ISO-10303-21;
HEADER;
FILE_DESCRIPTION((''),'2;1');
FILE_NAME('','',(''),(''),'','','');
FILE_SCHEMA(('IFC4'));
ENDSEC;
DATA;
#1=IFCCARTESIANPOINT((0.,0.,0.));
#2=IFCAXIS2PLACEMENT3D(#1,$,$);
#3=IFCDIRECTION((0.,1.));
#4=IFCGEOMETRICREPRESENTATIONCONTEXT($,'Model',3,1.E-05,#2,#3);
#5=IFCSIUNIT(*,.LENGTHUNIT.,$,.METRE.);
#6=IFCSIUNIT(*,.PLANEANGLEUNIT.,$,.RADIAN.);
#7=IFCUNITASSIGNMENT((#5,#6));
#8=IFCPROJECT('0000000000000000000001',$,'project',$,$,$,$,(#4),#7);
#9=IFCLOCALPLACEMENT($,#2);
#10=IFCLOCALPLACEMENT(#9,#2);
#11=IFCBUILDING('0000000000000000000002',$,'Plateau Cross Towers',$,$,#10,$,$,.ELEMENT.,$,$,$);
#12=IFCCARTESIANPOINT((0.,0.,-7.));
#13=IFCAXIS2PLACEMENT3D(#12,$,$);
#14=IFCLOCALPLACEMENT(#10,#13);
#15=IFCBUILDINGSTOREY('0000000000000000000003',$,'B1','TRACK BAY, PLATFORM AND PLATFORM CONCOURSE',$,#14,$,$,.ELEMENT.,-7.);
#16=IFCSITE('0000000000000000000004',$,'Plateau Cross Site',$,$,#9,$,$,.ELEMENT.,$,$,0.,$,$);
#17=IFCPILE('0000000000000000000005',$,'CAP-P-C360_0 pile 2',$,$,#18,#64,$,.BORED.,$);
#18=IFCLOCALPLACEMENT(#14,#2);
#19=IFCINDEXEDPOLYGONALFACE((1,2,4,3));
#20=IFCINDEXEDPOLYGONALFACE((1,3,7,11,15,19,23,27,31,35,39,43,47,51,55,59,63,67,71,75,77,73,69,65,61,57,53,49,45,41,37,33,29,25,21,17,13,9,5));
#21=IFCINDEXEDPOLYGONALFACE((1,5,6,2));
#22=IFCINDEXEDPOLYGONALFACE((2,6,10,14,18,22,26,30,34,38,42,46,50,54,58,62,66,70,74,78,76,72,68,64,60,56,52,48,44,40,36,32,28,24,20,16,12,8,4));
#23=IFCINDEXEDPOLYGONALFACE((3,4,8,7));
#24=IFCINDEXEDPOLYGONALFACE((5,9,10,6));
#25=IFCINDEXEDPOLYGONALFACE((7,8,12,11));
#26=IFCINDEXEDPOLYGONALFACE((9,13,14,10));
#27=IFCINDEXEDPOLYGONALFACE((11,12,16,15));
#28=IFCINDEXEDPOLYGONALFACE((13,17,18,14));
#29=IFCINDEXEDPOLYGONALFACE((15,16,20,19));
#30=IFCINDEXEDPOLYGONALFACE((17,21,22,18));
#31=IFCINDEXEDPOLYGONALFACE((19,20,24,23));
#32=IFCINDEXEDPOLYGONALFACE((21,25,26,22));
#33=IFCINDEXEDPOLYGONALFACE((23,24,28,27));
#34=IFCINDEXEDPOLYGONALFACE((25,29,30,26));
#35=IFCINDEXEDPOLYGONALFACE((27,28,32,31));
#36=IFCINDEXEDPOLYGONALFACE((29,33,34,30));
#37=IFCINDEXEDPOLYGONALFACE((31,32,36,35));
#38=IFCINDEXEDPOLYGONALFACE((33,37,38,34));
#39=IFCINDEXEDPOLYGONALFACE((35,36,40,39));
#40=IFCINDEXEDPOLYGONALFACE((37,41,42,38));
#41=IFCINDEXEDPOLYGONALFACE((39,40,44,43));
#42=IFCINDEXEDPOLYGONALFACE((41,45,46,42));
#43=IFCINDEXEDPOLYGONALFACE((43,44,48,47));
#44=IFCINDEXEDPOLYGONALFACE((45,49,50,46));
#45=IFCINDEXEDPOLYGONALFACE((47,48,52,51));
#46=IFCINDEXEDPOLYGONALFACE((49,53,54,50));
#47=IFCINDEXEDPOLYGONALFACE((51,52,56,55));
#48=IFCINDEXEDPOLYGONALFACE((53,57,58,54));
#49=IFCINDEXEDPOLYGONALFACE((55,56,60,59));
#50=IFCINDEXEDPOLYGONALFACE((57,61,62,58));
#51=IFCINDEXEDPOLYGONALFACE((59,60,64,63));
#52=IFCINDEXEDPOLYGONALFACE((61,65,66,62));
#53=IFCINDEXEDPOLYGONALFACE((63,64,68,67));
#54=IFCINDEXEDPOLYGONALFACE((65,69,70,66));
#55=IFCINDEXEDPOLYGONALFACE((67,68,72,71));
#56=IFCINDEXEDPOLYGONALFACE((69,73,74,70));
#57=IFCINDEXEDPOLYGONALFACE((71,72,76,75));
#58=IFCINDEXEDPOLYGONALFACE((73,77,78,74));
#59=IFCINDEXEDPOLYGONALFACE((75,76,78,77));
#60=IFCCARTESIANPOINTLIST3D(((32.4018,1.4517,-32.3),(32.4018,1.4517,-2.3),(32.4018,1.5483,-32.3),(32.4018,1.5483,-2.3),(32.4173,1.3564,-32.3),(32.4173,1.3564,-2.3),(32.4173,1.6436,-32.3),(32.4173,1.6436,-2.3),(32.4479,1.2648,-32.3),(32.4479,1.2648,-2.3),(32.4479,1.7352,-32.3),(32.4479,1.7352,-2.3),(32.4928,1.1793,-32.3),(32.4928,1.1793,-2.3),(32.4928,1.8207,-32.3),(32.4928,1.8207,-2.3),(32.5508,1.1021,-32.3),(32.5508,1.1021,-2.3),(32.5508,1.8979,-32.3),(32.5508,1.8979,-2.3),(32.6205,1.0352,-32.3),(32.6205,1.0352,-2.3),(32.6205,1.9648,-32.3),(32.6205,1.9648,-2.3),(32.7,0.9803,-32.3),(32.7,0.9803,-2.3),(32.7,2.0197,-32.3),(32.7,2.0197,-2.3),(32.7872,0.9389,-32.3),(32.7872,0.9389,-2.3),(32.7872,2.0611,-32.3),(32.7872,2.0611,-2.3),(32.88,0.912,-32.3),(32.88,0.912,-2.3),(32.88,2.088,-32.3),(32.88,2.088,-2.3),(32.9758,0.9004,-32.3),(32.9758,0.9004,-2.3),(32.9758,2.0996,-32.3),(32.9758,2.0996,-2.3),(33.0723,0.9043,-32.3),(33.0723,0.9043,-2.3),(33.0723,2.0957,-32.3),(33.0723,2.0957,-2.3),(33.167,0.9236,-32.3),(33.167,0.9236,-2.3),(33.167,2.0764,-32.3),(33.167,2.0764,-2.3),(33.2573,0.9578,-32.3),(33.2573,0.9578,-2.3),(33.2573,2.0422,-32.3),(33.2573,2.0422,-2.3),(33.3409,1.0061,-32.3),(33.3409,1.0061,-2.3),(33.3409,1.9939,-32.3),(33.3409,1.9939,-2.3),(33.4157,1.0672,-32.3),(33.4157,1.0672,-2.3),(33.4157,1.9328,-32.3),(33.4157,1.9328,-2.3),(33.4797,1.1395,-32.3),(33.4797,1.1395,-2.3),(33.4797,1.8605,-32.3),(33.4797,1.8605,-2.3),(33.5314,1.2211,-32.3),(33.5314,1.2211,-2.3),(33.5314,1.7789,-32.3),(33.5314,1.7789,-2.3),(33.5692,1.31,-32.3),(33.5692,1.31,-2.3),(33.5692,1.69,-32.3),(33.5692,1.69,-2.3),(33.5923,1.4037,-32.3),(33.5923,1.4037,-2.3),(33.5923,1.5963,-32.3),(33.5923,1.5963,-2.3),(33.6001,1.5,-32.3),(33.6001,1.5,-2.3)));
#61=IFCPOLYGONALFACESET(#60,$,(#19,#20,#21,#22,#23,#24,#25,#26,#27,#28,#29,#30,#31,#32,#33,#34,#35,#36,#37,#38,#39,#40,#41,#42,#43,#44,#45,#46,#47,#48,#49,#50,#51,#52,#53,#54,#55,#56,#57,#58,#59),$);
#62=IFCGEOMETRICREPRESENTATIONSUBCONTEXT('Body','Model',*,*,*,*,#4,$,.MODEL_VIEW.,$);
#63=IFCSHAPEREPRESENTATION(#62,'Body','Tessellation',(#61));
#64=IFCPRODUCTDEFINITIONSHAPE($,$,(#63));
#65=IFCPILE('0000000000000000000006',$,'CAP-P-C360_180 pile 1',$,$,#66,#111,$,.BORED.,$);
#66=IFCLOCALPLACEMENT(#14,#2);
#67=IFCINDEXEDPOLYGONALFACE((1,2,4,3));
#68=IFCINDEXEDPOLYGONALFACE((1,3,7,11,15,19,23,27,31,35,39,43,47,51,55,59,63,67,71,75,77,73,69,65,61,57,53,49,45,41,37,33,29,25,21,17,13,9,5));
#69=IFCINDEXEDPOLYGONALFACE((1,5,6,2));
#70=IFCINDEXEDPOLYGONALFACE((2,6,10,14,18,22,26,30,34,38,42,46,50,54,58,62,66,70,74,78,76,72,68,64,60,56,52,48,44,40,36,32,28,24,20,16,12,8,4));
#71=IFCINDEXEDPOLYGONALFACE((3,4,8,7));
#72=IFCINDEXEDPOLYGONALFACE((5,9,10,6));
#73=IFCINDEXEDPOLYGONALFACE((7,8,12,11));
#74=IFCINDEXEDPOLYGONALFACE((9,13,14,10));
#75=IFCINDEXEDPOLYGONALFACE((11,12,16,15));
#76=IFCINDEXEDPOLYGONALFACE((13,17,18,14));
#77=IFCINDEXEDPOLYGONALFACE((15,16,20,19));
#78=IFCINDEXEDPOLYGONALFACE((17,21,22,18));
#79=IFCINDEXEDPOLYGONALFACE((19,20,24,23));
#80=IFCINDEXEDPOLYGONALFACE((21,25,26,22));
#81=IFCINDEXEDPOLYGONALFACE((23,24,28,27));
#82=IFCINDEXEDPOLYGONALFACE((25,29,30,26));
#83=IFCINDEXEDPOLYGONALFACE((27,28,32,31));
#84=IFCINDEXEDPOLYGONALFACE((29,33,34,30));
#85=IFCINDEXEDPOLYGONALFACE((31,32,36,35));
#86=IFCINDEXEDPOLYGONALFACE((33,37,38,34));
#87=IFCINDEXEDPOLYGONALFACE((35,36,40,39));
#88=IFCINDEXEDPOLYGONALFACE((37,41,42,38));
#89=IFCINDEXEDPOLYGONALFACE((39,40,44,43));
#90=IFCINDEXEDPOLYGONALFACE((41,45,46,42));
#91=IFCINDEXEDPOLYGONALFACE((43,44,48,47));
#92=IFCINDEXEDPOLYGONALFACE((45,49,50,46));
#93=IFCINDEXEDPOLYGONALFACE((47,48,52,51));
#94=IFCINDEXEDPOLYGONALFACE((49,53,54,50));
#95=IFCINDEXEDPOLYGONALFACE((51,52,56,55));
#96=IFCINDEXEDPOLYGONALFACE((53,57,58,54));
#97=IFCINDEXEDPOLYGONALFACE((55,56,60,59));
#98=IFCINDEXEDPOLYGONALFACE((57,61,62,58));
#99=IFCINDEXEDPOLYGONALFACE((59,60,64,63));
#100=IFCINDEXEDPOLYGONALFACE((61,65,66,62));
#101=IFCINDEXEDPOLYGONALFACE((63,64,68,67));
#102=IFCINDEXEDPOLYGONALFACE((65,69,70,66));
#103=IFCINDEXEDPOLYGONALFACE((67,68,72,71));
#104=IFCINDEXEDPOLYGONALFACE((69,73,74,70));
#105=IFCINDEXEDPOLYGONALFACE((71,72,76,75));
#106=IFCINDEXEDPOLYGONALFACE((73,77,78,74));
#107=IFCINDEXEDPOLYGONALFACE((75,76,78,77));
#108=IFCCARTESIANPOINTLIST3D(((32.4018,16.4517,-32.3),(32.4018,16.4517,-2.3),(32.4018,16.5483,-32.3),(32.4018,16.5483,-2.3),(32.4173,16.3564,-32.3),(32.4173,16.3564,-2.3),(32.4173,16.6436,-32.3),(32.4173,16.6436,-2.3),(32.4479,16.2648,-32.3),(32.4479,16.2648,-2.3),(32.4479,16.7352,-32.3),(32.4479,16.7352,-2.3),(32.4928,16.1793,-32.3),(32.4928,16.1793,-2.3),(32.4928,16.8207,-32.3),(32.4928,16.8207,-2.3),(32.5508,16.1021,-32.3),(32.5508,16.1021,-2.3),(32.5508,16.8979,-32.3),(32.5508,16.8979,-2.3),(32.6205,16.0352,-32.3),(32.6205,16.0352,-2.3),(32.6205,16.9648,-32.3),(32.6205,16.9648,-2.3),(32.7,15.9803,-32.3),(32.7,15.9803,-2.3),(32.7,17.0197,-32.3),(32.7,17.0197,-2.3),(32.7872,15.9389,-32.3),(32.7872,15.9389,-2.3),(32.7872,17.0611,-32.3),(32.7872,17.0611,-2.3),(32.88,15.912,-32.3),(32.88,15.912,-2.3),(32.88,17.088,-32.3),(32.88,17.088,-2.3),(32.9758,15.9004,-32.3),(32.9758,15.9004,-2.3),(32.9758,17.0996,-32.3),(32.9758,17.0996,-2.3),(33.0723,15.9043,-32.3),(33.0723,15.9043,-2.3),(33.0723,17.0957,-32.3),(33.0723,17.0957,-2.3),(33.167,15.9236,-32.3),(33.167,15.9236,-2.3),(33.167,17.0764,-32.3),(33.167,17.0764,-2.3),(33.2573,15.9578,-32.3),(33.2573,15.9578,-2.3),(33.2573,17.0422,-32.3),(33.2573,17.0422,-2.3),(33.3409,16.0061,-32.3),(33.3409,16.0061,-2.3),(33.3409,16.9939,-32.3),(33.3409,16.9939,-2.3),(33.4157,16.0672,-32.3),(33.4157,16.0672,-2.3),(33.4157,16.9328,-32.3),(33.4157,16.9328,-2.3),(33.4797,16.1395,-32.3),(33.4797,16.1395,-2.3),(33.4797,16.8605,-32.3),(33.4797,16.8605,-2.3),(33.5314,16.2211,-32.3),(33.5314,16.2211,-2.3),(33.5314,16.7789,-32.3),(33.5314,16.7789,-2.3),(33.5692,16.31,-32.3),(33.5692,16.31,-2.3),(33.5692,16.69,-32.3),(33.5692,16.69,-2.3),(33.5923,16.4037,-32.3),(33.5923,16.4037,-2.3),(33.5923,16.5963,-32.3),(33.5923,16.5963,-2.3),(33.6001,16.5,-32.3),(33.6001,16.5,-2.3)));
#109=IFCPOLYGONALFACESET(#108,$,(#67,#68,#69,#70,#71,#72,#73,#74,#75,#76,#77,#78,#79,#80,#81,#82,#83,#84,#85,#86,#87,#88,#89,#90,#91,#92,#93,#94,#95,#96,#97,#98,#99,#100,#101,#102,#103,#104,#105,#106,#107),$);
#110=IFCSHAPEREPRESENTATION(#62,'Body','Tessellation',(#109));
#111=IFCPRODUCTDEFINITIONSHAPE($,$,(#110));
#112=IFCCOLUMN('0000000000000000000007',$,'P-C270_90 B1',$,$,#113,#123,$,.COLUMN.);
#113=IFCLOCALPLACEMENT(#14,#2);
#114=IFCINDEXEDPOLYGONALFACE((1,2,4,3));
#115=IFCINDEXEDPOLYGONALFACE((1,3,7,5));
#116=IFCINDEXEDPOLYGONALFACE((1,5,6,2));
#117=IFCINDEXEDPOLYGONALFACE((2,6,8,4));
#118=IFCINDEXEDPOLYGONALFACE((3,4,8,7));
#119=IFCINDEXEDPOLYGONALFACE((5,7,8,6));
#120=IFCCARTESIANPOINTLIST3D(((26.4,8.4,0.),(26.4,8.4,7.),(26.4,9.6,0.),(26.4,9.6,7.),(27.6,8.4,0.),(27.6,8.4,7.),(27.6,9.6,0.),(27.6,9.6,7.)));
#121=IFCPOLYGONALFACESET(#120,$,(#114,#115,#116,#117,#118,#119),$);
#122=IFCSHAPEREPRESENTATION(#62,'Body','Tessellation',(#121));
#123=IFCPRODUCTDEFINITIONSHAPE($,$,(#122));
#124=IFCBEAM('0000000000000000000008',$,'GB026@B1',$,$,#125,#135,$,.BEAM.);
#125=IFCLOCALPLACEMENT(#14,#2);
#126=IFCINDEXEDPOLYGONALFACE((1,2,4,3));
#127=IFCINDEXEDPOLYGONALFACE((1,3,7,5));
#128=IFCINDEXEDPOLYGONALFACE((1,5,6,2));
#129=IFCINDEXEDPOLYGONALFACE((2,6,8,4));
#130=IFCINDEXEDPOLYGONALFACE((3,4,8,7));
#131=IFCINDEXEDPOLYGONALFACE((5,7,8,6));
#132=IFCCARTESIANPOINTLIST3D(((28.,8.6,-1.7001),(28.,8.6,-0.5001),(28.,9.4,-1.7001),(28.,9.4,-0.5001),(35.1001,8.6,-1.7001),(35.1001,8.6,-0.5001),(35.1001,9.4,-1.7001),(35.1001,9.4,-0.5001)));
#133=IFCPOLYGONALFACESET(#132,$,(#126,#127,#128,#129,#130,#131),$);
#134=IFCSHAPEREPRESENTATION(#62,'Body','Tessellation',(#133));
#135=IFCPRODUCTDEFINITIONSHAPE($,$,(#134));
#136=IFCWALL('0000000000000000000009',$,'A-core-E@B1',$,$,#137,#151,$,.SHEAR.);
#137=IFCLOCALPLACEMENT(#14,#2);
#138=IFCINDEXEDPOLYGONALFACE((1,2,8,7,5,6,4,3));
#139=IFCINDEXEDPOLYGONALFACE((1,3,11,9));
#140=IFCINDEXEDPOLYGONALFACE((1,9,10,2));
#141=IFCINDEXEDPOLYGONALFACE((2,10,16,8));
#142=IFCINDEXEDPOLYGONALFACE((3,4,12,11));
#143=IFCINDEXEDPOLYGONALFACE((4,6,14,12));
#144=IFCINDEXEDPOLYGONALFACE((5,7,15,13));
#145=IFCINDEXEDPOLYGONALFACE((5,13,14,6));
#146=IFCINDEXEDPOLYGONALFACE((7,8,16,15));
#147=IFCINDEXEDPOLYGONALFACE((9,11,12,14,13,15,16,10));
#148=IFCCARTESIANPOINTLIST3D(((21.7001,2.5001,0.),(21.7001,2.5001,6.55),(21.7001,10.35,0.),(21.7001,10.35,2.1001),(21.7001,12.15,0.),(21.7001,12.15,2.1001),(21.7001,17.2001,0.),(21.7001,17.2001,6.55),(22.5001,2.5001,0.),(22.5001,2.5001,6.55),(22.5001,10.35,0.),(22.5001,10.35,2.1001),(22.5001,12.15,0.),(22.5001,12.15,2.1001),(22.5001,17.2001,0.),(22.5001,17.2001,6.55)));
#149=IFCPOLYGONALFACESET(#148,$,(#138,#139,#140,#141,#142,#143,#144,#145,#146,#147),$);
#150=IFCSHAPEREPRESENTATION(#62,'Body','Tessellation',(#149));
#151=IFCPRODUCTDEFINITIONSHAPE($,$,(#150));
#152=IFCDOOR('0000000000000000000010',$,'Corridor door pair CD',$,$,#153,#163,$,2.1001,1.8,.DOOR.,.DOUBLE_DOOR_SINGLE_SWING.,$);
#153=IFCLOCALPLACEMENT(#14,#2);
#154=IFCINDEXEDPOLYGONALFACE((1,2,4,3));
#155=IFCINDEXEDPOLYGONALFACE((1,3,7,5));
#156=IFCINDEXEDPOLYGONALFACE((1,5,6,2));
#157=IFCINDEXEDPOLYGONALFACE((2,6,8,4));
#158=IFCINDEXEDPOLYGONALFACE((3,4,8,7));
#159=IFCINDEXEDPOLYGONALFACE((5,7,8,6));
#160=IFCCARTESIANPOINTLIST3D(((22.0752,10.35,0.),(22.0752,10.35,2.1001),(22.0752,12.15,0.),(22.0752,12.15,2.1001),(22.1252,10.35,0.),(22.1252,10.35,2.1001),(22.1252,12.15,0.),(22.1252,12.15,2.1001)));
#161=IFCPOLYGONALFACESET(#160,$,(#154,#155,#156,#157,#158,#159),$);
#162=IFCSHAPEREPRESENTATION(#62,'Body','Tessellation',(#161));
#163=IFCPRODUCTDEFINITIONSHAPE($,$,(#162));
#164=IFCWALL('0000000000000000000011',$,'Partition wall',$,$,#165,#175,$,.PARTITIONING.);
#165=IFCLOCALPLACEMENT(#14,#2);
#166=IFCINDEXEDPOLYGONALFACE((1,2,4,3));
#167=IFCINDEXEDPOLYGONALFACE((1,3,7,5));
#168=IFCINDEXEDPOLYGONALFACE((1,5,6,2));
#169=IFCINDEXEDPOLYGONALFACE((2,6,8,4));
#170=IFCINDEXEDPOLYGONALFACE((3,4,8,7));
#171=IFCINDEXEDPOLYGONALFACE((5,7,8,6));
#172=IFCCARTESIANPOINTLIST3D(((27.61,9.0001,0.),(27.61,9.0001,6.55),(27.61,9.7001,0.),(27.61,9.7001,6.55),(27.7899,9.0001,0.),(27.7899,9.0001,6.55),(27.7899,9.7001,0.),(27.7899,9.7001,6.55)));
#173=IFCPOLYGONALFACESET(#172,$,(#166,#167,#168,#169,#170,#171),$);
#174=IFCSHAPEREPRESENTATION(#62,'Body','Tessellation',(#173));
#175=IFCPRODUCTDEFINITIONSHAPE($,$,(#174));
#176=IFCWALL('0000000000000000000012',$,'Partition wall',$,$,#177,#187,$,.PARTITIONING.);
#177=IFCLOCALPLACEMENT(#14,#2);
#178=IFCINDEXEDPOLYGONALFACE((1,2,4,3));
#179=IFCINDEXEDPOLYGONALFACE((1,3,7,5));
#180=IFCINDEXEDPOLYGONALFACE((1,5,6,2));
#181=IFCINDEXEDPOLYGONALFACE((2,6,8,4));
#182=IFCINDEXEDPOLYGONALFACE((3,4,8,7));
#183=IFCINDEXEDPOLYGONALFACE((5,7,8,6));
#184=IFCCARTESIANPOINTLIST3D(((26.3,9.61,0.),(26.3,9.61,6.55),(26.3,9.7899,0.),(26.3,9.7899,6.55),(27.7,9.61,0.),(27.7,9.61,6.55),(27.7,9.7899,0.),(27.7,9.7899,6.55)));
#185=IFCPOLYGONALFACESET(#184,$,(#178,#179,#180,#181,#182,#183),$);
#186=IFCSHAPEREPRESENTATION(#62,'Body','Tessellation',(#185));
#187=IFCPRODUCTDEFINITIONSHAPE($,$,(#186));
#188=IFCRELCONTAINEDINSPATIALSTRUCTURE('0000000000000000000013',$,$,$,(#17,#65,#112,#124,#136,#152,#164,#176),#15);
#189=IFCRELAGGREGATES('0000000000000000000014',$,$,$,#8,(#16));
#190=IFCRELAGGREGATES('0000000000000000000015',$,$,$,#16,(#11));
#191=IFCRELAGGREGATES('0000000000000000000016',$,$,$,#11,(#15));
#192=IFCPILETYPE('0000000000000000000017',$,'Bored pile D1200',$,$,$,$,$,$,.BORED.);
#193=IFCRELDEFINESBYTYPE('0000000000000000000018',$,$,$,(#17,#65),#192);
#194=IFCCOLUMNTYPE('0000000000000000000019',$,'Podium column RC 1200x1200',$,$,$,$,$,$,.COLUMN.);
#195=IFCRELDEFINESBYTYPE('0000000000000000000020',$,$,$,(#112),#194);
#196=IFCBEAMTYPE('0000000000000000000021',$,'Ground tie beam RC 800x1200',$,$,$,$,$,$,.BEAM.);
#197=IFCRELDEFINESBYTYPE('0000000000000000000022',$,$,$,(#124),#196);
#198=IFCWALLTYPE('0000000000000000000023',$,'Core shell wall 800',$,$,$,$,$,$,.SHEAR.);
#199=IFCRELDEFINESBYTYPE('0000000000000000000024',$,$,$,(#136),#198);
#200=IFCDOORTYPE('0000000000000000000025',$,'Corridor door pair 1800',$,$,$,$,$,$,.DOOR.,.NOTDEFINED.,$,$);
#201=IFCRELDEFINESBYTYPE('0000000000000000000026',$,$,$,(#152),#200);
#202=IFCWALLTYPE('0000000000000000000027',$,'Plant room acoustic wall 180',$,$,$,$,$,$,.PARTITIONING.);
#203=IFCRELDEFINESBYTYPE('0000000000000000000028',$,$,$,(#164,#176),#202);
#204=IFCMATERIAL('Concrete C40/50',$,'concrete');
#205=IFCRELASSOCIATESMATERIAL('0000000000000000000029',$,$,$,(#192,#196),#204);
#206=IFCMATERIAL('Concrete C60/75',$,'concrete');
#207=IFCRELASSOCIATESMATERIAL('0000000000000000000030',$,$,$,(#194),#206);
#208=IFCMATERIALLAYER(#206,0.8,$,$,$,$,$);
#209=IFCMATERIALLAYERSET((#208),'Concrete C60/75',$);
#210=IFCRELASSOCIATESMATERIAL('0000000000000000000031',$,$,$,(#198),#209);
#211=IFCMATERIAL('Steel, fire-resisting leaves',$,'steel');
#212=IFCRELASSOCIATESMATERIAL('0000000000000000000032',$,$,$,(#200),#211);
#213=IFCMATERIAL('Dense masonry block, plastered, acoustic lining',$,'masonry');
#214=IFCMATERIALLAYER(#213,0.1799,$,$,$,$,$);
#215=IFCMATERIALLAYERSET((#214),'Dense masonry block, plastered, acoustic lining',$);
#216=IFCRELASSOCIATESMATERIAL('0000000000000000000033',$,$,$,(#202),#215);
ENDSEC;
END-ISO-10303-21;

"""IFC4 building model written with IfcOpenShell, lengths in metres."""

from ifc_helpers import new_model, si_unit, direction, frame, frame_2d, origin, origin_2d, place, context, subcontext, project, spatial, rectangle, circle, extrude, material, layer, layer_set, material_profile, profile_set, type_object, element, fill, save


model = new_model("IFC4")

# Units and contexts
model_context = context("Model", 3, precision=1e-05, world=origin(), true_north=direction((0.0, 1.0)))
body_context = subcontext(model_context, "Body", "Model", "MODEL_VIEW")
ifc_project = project(units=[si_unit("LENGTHUNIT", "METRE"), si_unit("PLANEANGLEUNIT", "RADIAN")], contexts=[model_context])

# Site, building, storey
site_placement = place(None, origin())
site = spatial("IfcSite", under=ifc_project, at=site_placement, Name="Plateau Cross Site", CompositionType="ELEMENT", RefElevation=0.0)
building_placement = place(site_placement, origin())
building = spatial("IfcBuilding", under=site, at=building_placement, Name="Plateau Cross Towers", CompositionType="ELEMENT")
storey_placement = place(building_placement, frame((0.0, 0.0, -7.0)))
storey = spatial("IfcBuildingStorey", under=building, at=storey_placement, Name="B1", Description="TRACK BAY, PLATFORM AND PLATFORM CONCOURSE", CompositionType="ELEMENT", Elevation=-7.0)

# Piles
ifc_material_1 = material(Name="Concrete C40/50", Category="concrete")
ifc_material_profile_1 = material_profile(ifc_material_1, circle(Radius=0.6001, at=origin_2d()), Name="Bored pile D1200")
ifc_profile_set_1 = profile_set([ifc_material_profile_1], Name="Concrete C40/50")
pile_type = type_object("IfcPileType", Name="Bored pile D1200", PredefinedType="BORED", material=ifc_profile_set_1)
for number, where, z_axis, x_axis, name in (
    (1, (33.0, 1.5, -2.3), (0.0, 0.0, -1.0), (1.0, 0.0, 0.0), "CAP-P-C360_0 pile 2"),
    (2, (33.0, 16.5, -2.3), (0.0, 0.0, -1.0), (1.0, 0.0, 0.0), "CAP-P-C360_180 pile 1"),
):
    element("IfcPile", number, at=place(storey_placement, frame(where, z_axis=z_axis, x_axis=x_axis)), inside=storey, type_object=pile_type, Name=name, PredefinedType="BORED", context=body_context, shape_type="SweptSolid", body=[
        extrude(circle(Radius=0.6001, at=origin_2d()), origin(), (0.0, 0.0, 1.0), 30.0),
    ])

# Column
ifc_material_2 = material(Name="Concrete C60/75", Category="concrete")
ifc_material_profile_2 = material_profile(ifc_material_2, rectangle(XDim=1.2, YDim=1.2, at=origin_2d()), Name="RC 1200x1200")
ifc_profile_set_2 = profile_set([ifc_material_profile_2], Name="Concrete C60/75")
column_type = type_object("IfcColumnType", Name="Podium column RC 1200x1200", PredefinedType="COLUMN", material=ifc_profile_set_2)
column_placement = place(storey_placement, frame((27.0, 9.0, 0.0), z_axis=(0.0, 0.0, 1.0), x_axis=(1.0, 0.0, 0.0)))
element("IfcColumn", 3, at=column_placement, inside=storey, type_object=column_type, Name="P-C270_90 B1", PredefinedType="COLUMN", context=body_context, shape_type="SweptSolid", body=[
    extrude(rectangle(XDim=1.2, YDim=1.2, at=origin_2d()), origin(), (0.0, 0.0, 1.0), 7.0),
])

# Beam
ifc_material_profile_3 = material_profile(ifc_material_1, rectangle(XDim=0.8, YDim=1.2, at=origin_2d()), Name="RC 800x1200")
ifc_profile_set_3 = profile_set([ifc_material_profile_3], Name="Concrete C40/50")
beam_type = type_object("IfcBeamType", Name="Ground tie beam RC 800x1200", PredefinedType="BEAM", material=ifc_profile_set_3)
beam_placement = place(storey_placement, frame((28.0, 9.0, -1.1001), z_axis=(1.0, 0.0, 0.0), x_axis=(0.0, 1.0, 0.0)))
element("IfcBeam", 4, at=beam_placement, inside=storey, type_object=beam_type, Name="GB026@B1", PredefinedType="BEAM", context=body_context, shape_type="SweptSolid", body=[
    extrude(rectangle(XDim=0.8, YDim=1.2, at=origin_2d()), origin(), (0.0, 0.0, 1.0), 7.1001),
])

# Wall, opening, door
ifc_layer_1 = layer(ifc_material_2, 0.8)
ifc_layer_set_1 = layer_set([ifc_layer_1], Name="Concrete C60/75")
wall_type_1 = type_object("IfcWallType", Name="Core shell wall 800", PredefinedType="SHEAR", material=ifc_layer_set_1)
wall_1_placement = place(storey_placement, frame((22.1001, 2.5, 0.0), z_axis=(0.0, 0.0, 1.0), x_axis=(0.0, 1.0, 0.0)))
wall_1 = element("IfcWall", 5, at=wall_1_placement, inside=storey, type_object=wall_type_1, Name="A-core-E@B1", PredefinedType="SHEAR", context=body_context, shape_type="SweptSolid", body=[
    extrude(rectangle(XDim=14.7, YDim=0.8, at=frame_2d((7.3501, 0.0))), origin(), (0.0, 0.0, 1.0), 6.55),
])
opening_1_placement = place(wall_1_placement, frame((7.8501, 0.0, 0.0)))
opening_1 = element("IfcOpeningElement", 6, at=opening_1_placement, cuts=wall_1, PredefinedType="OPENING", context=body_context, shape_type="SweptSolid", body=[
    extrude(rectangle(XDim=1.8, YDim=2.1001, at=frame_2d((0.8999, 1.05))), frame((0.0, 0.4099, 0.0), z_axis=(0.0, -1.0, 0.0), x_axis=(1.0, 0.0, 0.0)), (0.0, 0.0, 1.0), 0.8201),
])
ifc_material_3 = material(Name="Steel, fire-resisting leaves", Category="steel")
door_type_1 = type_object("IfcDoorType", Name="Corridor door pair 1800", OperationType="NOTDEFINED", PredefinedType="DOOR", material=ifc_material_3)
door_1_placement = place(opening_1_placement, origin())
door_1 = element("IfcDoor", 7, at=door_1_placement, inside=storey, type_object=door_type_1, Name="Corridor door pair CD", OperationType="DOUBLE_DOOR_SINGLE_SWING", OverallHeight=2.1001, OverallWidth=1.8, PredefinedType="DOOR", context=body_context, shape_type="SweptSolid", body=[
    extrude(rectangle(XDim=1.8, YDim=2.1001, at=frame_2d((0.8999, 1.05))), frame((0.0, 0.0249, 0.0), z_axis=(0.0, -1.0, 0.0), x_axis=(1.0, 0.0, 0.0)), (0.0, 0.0, 1.0), 0.05),
])
fill(opening_1, door_1)

# Walls
ifc_material_4 = material(Name="Dense masonry block, plastered, acoustic lining", Category="masonry")
ifc_layer_2 = layer(ifc_material_4, 0.1799)
ifc_layer_set_2 = layer_set([ifc_layer_2], Name="Dense masonry block, plastered, acoustic lining")
wall_type_2 = type_object("IfcWallType", Name="Plant room acoustic wall 180", PredefinedType="PARTITIONING", material=ifc_layer_set_2)
wall_2_placement = place(storey_placement, frame((27.7, 9.0, 0.0), z_axis=(0.0, 0.0, 1.0), x_axis=(0.0, 1.0, 0.0)))
element("IfcWall", 8, at=wall_2_placement, inside=storey, type_object=wall_type_2, Name="Partition wall", PredefinedType="PARTITIONING", context=body_context, shape_type="SweptSolid", body=[
    extrude(rectangle(XDim=0.7, YDim=0.1799, at=frame_2d((0.3501, 0.0))), origin(), (0.0, 0.0, 1.0), 6.55),
])
wall_3_placement = place(storey_placement, frame((27.7, 9.7, 0.0), z_axis=(0.0, 0.0, 1.0), x_axis=(-1.0, 0.0, 0.0)))
element("IfcWall", 9, at=wall_3_placement, inside=storey, type_object=wall_type_2, Name="Partition wall", PredefinedType="PARTITIONING", context=body_context, shape_type="SweptSolid", body=[
    extrude(rectangle(XDim=1.3999, YDim=0.1799, at=frame_2d((0.7, 0.0))), origin(), (0.0, 0.0, 1.0), 6.55),
])

save(model, "model.ifc")
